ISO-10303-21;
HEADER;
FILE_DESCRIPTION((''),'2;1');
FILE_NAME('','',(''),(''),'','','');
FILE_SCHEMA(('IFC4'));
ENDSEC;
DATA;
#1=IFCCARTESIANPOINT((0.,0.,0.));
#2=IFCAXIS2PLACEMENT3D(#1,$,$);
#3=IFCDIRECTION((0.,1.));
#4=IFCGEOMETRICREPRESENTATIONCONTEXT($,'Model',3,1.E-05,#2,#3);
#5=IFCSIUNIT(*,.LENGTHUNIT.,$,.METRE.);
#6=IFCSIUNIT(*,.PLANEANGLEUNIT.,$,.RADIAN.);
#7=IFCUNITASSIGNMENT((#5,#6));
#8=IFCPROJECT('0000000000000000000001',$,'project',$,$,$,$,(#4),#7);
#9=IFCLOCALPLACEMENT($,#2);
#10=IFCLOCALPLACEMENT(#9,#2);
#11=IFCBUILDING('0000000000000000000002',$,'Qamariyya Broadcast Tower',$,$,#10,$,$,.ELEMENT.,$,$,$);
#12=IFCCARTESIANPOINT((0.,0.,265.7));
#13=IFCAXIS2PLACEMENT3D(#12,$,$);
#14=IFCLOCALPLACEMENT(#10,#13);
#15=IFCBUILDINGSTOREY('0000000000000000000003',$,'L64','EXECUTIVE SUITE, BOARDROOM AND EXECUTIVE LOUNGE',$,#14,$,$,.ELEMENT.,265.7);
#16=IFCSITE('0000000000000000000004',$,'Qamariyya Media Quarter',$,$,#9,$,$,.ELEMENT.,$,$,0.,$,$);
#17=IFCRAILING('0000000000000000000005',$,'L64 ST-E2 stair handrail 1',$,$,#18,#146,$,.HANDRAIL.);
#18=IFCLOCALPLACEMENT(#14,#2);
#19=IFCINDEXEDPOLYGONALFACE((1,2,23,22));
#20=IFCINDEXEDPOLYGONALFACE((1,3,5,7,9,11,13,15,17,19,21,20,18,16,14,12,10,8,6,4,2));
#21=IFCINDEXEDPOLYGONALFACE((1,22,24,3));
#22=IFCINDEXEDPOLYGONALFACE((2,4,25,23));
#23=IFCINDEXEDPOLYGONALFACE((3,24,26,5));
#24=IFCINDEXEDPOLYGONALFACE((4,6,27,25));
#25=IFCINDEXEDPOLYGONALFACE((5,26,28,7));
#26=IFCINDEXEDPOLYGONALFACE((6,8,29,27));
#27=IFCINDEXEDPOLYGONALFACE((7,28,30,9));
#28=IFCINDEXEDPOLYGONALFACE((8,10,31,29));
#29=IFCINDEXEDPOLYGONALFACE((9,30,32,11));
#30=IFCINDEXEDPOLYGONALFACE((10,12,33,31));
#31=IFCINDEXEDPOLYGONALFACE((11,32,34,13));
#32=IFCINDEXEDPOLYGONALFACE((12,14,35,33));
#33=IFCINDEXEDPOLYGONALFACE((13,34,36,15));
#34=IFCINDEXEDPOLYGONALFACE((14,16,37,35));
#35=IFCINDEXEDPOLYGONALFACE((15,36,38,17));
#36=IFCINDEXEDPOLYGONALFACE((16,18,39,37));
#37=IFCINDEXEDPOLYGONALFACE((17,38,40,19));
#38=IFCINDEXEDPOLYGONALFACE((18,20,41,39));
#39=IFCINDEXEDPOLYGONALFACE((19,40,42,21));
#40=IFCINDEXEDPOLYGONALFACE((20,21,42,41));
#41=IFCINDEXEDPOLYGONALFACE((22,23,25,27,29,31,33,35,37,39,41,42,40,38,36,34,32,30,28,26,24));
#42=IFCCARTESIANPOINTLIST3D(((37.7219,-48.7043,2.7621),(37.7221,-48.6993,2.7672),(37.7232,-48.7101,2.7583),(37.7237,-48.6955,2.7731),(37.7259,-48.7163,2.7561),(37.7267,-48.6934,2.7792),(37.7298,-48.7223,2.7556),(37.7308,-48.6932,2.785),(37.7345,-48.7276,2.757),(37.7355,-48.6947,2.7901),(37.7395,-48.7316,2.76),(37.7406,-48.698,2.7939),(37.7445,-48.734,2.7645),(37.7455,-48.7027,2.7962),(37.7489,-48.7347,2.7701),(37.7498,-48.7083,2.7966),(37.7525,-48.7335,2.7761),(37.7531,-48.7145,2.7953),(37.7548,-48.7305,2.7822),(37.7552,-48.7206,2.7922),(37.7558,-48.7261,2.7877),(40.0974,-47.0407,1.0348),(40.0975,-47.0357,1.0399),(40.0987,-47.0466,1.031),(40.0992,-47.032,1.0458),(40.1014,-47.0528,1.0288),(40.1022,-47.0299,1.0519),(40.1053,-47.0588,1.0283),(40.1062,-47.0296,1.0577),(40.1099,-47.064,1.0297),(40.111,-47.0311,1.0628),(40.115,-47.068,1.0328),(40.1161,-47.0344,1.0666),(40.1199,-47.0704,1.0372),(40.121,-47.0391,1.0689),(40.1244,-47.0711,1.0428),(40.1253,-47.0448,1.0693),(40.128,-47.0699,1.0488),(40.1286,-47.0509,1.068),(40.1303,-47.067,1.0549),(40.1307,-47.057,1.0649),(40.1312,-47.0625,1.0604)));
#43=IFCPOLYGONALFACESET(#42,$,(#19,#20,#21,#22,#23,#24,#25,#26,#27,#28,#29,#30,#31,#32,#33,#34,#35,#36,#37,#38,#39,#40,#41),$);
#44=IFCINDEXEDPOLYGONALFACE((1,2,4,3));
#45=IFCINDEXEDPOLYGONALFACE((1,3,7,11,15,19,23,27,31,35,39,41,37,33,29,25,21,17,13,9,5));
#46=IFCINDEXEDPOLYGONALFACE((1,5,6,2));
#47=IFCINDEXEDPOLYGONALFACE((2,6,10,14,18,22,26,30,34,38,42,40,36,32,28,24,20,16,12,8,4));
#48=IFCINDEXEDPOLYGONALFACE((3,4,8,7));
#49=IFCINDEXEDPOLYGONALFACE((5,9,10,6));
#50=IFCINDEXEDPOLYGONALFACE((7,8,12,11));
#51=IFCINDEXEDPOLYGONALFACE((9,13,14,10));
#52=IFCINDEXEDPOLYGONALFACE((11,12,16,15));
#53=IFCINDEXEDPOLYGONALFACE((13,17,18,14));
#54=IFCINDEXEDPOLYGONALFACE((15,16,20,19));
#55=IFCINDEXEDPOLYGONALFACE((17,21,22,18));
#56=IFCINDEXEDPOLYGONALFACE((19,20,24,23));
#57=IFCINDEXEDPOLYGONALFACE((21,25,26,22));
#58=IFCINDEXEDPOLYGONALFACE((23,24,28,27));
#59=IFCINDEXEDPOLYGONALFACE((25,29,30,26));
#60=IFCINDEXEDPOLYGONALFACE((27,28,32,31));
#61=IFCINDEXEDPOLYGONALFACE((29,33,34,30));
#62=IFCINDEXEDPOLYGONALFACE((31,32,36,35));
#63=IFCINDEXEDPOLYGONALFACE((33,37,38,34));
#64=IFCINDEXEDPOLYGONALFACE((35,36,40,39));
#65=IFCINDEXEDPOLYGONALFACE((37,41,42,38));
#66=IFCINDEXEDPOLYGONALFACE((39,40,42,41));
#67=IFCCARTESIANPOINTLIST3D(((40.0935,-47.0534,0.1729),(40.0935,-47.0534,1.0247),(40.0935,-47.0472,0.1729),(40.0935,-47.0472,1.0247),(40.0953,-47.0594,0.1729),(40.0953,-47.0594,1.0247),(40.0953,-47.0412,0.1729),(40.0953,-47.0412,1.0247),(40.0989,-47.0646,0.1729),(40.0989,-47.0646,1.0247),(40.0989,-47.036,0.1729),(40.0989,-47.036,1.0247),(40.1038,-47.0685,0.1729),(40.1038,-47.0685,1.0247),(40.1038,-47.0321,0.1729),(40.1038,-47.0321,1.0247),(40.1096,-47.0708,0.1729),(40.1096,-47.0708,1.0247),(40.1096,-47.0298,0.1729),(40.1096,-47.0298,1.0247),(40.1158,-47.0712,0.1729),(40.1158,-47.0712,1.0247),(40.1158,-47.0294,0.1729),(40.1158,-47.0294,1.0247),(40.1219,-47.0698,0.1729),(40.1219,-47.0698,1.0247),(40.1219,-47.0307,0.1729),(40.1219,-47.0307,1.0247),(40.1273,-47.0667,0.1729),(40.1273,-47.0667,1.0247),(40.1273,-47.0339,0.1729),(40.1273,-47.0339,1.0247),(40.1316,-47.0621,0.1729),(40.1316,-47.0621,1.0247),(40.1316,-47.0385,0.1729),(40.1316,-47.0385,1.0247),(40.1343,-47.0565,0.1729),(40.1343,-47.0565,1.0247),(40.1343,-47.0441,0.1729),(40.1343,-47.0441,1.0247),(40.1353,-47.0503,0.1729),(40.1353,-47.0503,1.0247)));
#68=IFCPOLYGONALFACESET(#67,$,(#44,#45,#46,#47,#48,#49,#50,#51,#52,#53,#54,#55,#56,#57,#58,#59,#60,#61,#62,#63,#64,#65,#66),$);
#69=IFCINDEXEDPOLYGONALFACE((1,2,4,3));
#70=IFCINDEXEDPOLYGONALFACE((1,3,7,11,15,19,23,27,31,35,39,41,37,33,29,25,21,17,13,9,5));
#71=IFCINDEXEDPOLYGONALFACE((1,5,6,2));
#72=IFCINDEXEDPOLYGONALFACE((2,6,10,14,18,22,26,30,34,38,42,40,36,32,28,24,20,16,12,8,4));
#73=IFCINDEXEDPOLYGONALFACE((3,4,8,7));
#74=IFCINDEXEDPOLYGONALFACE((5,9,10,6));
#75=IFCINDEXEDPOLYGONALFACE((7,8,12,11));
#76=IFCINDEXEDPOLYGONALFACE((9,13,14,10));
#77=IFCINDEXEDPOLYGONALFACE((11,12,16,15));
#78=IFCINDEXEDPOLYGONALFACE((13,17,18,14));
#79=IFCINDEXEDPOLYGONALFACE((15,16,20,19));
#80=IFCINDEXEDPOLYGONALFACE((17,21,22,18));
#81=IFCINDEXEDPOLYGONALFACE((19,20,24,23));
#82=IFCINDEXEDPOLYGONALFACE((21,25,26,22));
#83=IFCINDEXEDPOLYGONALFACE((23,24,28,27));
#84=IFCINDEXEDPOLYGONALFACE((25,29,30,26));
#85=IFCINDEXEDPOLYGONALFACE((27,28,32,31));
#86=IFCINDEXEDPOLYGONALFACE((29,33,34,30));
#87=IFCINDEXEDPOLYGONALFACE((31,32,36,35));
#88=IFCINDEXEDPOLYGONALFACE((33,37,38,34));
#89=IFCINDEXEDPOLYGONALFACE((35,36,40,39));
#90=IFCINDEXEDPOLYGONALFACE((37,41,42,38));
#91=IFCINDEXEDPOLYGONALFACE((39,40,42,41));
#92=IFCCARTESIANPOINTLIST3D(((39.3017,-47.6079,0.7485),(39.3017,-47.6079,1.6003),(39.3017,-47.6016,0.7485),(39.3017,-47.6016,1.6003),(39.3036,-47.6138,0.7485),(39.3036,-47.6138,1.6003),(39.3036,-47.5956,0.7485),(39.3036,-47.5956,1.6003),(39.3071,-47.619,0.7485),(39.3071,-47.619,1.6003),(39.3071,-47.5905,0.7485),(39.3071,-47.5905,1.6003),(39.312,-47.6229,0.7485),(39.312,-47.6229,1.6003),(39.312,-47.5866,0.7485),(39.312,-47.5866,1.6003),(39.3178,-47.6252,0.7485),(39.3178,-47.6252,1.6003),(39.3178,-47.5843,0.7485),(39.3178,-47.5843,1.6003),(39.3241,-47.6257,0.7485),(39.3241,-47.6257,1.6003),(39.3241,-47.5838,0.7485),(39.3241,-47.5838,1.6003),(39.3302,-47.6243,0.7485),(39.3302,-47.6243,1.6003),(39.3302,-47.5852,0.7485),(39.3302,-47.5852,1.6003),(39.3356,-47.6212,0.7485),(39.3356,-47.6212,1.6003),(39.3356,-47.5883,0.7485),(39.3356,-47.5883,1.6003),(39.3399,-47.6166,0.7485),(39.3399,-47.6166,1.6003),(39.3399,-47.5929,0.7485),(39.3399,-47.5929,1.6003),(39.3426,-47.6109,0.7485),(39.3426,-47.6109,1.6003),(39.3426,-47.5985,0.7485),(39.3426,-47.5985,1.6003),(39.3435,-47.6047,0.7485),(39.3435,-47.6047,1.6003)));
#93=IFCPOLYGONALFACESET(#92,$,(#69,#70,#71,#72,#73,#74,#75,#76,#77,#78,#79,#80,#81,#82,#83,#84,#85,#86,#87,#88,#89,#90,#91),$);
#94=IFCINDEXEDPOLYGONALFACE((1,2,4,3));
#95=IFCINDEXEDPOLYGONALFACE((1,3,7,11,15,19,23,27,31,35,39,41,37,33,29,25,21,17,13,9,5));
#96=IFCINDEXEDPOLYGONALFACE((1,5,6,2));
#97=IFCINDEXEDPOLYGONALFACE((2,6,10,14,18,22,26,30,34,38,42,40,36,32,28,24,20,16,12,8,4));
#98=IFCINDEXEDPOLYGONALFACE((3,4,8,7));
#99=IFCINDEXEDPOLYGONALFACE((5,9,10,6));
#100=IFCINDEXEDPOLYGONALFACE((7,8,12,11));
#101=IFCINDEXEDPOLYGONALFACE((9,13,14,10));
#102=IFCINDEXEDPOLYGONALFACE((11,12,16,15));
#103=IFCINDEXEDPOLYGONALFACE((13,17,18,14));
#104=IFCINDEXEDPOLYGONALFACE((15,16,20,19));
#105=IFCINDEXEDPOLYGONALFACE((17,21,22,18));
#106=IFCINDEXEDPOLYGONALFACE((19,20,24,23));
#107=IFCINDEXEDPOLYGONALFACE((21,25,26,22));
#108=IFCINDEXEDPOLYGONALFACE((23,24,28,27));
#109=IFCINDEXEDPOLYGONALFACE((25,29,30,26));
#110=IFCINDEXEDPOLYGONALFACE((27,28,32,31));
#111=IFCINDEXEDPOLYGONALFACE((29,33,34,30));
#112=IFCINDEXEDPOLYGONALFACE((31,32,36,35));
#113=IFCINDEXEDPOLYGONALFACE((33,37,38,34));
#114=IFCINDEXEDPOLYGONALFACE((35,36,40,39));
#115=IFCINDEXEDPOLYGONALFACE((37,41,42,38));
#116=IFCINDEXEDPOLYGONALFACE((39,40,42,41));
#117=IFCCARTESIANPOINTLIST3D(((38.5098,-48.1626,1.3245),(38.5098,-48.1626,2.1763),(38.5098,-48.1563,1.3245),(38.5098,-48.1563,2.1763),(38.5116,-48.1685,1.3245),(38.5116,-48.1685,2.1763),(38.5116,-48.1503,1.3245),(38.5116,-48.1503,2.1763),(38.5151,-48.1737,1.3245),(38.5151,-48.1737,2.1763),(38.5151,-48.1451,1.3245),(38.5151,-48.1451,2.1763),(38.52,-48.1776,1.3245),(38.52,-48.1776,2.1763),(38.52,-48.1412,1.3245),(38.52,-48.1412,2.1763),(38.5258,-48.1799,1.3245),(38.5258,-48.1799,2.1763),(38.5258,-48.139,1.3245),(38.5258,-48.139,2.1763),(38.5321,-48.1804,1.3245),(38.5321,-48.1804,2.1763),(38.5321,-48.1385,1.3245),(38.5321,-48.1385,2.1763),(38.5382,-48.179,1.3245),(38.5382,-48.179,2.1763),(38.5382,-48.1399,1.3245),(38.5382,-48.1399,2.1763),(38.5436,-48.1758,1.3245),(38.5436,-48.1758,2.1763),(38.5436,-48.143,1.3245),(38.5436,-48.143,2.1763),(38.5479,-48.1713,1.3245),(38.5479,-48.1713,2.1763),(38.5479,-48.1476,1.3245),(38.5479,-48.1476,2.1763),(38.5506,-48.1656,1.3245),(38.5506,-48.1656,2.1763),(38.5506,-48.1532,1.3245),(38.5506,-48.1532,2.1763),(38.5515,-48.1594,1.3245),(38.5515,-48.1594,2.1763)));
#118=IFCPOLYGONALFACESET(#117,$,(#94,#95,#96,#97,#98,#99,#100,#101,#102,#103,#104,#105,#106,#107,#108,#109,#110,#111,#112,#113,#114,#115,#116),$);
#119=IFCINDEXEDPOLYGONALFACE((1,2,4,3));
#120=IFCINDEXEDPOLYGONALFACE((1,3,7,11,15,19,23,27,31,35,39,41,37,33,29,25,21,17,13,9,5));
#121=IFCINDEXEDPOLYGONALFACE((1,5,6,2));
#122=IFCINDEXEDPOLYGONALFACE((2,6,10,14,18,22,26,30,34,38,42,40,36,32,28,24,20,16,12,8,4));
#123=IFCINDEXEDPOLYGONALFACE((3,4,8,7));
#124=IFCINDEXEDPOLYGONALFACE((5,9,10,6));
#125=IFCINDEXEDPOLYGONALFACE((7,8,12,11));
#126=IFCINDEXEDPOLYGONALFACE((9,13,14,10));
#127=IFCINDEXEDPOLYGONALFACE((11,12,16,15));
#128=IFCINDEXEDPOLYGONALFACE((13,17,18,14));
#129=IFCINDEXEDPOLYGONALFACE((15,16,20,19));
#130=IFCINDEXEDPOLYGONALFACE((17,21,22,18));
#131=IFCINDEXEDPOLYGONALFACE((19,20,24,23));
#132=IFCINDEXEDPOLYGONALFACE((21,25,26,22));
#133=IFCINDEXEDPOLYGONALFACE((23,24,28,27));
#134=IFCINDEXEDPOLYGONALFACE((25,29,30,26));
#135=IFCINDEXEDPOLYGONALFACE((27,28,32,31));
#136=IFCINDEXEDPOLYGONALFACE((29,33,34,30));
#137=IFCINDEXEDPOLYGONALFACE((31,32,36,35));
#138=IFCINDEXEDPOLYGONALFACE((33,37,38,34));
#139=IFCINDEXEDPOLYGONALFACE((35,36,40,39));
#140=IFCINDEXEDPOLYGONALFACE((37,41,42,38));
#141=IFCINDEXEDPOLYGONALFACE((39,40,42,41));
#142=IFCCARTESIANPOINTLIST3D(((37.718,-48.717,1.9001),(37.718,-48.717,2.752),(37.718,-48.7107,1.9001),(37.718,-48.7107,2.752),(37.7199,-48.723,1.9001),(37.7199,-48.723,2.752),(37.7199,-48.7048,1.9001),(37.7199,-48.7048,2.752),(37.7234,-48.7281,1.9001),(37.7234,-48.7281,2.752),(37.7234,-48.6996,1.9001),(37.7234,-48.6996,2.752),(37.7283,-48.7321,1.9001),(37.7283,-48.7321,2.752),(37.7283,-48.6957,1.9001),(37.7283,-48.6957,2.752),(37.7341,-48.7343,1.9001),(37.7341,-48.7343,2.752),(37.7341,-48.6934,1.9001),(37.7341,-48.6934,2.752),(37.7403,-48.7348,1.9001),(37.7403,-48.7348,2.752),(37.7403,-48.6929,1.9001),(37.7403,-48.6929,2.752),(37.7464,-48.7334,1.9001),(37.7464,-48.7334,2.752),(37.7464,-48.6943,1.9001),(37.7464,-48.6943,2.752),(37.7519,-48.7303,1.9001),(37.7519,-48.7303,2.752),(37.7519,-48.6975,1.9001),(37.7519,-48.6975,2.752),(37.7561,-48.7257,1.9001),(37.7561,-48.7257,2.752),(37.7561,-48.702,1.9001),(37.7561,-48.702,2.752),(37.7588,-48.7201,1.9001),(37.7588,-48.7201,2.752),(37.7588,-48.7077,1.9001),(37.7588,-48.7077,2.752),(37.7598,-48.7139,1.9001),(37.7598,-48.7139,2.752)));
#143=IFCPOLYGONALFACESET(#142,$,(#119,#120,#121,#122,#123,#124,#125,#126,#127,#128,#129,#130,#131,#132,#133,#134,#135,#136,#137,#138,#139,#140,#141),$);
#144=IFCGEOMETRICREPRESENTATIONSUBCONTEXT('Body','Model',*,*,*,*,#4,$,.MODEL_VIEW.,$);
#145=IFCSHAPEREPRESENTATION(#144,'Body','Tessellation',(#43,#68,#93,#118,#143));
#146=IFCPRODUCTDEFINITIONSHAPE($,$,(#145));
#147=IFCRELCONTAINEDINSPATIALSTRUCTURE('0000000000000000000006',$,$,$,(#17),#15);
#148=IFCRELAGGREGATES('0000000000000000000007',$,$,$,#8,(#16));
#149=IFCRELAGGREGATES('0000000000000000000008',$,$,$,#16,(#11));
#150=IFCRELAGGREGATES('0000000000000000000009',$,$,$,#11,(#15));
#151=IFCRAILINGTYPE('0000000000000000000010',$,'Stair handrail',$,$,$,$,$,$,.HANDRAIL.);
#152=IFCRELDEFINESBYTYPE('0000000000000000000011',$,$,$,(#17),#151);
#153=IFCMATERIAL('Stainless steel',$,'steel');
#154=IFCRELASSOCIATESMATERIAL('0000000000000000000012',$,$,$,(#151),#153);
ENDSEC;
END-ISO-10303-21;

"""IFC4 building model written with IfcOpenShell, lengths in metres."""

from ifc_helpers import new_model, si_unit, direction, frame, origin, origin_2d, place, context, subcontext, project, spatial, circle, extrude, material, type_object, element, save


model = new_model("IFC4")

# Units and contexts
model_context = context("Model", 3, precision=1e-05, world=origin(), true_north=direction((0.0, 1.0)))
body_context = subcontext(model_context, "Body", "Model", "MODEL_VIEW")
ifc_project = project(units=[si_unit("LENGTHUNIT", "METRE"), si_unit("PLANEANGLEUNIT", "RADIAN")], contexts=[model_context])

# Site, building, storey
site_placement = place(None, origin())
site = spatial("IfcSite", under=ifc_project, at=site_placement, Name="Qamariyya Media Quarter", CompositionType="ELEMENT", RefElevation=0.0)
building_placement = place(site_placement, origin())
building = spatial("IfcBuilding", under=site, at=building_placement, Name="Qamariyya Broadcast Tower", CompositionType="ELEMENT")
storey_placement = place(building_placement, frame((0.0, 0.0, 265.7)))
storey = spatial("IfcBuildingStorey", under=building, at=storey_placement, Name="L64", Description="EXECUTIVE SUITE, BOARDROOM AND EXECUTIVE LOUNGE", CompositionType="ELEMENT", Elevation=265.7)

# Railing
ifc_material_1 = material(Name="Stainless steel", Category="steel")
railing_type_1 = type_object("IfcRailingType", Name="Stair handrail", PredefinedType="HANDRAIL", material=ifc_material_1)
railing_1_placement = place(storey_placement, frame((40.1143, -47.0503, 0.1729)))
element("IfcRailing", 1, at=railing_1_placement, inside=storey, type_object=railing_type_1, Name="L64 ST-E2 stair handrail 1", PredefinedType="HANDRAIL", context=body_context, shape_type="SweptSolid", body=[
    extrude(circle(Radius=0.0239, at=origin_2d()), frame((0.0, 0.0, 0.876), z_axis=(-0.703745, -0.492838, 0.511716), x_axis=(0.573632, -0.819113, 0.0)), (0.0, 0.0, 1.0), 3.3755),
    extrude(circle(Radius=0.021, at=origin_2d()), origin(), (0.0, 0.0, 1.0), 0.8518),
    extrude(circle(Radius=0.021, at=origin_2d()), frame((-0.7917, -0.5544, 0.5757)), (0.0, 0.0, 1.0), 0.8518),
    extrude(circle(Radius=0.021, at=origin_2d()), frame((-1.5837, -1.1091, 1.1516)), (0.0, 0.0, 1.0), 0.8518),
    extrude(circle(Radius=0.021, at=origin_2d()), frame((-2.3755, -1.6636, 1.7273)), (0.0, 0.0, 1.0), 0.8518),
])

save(model, "model.ifc")
